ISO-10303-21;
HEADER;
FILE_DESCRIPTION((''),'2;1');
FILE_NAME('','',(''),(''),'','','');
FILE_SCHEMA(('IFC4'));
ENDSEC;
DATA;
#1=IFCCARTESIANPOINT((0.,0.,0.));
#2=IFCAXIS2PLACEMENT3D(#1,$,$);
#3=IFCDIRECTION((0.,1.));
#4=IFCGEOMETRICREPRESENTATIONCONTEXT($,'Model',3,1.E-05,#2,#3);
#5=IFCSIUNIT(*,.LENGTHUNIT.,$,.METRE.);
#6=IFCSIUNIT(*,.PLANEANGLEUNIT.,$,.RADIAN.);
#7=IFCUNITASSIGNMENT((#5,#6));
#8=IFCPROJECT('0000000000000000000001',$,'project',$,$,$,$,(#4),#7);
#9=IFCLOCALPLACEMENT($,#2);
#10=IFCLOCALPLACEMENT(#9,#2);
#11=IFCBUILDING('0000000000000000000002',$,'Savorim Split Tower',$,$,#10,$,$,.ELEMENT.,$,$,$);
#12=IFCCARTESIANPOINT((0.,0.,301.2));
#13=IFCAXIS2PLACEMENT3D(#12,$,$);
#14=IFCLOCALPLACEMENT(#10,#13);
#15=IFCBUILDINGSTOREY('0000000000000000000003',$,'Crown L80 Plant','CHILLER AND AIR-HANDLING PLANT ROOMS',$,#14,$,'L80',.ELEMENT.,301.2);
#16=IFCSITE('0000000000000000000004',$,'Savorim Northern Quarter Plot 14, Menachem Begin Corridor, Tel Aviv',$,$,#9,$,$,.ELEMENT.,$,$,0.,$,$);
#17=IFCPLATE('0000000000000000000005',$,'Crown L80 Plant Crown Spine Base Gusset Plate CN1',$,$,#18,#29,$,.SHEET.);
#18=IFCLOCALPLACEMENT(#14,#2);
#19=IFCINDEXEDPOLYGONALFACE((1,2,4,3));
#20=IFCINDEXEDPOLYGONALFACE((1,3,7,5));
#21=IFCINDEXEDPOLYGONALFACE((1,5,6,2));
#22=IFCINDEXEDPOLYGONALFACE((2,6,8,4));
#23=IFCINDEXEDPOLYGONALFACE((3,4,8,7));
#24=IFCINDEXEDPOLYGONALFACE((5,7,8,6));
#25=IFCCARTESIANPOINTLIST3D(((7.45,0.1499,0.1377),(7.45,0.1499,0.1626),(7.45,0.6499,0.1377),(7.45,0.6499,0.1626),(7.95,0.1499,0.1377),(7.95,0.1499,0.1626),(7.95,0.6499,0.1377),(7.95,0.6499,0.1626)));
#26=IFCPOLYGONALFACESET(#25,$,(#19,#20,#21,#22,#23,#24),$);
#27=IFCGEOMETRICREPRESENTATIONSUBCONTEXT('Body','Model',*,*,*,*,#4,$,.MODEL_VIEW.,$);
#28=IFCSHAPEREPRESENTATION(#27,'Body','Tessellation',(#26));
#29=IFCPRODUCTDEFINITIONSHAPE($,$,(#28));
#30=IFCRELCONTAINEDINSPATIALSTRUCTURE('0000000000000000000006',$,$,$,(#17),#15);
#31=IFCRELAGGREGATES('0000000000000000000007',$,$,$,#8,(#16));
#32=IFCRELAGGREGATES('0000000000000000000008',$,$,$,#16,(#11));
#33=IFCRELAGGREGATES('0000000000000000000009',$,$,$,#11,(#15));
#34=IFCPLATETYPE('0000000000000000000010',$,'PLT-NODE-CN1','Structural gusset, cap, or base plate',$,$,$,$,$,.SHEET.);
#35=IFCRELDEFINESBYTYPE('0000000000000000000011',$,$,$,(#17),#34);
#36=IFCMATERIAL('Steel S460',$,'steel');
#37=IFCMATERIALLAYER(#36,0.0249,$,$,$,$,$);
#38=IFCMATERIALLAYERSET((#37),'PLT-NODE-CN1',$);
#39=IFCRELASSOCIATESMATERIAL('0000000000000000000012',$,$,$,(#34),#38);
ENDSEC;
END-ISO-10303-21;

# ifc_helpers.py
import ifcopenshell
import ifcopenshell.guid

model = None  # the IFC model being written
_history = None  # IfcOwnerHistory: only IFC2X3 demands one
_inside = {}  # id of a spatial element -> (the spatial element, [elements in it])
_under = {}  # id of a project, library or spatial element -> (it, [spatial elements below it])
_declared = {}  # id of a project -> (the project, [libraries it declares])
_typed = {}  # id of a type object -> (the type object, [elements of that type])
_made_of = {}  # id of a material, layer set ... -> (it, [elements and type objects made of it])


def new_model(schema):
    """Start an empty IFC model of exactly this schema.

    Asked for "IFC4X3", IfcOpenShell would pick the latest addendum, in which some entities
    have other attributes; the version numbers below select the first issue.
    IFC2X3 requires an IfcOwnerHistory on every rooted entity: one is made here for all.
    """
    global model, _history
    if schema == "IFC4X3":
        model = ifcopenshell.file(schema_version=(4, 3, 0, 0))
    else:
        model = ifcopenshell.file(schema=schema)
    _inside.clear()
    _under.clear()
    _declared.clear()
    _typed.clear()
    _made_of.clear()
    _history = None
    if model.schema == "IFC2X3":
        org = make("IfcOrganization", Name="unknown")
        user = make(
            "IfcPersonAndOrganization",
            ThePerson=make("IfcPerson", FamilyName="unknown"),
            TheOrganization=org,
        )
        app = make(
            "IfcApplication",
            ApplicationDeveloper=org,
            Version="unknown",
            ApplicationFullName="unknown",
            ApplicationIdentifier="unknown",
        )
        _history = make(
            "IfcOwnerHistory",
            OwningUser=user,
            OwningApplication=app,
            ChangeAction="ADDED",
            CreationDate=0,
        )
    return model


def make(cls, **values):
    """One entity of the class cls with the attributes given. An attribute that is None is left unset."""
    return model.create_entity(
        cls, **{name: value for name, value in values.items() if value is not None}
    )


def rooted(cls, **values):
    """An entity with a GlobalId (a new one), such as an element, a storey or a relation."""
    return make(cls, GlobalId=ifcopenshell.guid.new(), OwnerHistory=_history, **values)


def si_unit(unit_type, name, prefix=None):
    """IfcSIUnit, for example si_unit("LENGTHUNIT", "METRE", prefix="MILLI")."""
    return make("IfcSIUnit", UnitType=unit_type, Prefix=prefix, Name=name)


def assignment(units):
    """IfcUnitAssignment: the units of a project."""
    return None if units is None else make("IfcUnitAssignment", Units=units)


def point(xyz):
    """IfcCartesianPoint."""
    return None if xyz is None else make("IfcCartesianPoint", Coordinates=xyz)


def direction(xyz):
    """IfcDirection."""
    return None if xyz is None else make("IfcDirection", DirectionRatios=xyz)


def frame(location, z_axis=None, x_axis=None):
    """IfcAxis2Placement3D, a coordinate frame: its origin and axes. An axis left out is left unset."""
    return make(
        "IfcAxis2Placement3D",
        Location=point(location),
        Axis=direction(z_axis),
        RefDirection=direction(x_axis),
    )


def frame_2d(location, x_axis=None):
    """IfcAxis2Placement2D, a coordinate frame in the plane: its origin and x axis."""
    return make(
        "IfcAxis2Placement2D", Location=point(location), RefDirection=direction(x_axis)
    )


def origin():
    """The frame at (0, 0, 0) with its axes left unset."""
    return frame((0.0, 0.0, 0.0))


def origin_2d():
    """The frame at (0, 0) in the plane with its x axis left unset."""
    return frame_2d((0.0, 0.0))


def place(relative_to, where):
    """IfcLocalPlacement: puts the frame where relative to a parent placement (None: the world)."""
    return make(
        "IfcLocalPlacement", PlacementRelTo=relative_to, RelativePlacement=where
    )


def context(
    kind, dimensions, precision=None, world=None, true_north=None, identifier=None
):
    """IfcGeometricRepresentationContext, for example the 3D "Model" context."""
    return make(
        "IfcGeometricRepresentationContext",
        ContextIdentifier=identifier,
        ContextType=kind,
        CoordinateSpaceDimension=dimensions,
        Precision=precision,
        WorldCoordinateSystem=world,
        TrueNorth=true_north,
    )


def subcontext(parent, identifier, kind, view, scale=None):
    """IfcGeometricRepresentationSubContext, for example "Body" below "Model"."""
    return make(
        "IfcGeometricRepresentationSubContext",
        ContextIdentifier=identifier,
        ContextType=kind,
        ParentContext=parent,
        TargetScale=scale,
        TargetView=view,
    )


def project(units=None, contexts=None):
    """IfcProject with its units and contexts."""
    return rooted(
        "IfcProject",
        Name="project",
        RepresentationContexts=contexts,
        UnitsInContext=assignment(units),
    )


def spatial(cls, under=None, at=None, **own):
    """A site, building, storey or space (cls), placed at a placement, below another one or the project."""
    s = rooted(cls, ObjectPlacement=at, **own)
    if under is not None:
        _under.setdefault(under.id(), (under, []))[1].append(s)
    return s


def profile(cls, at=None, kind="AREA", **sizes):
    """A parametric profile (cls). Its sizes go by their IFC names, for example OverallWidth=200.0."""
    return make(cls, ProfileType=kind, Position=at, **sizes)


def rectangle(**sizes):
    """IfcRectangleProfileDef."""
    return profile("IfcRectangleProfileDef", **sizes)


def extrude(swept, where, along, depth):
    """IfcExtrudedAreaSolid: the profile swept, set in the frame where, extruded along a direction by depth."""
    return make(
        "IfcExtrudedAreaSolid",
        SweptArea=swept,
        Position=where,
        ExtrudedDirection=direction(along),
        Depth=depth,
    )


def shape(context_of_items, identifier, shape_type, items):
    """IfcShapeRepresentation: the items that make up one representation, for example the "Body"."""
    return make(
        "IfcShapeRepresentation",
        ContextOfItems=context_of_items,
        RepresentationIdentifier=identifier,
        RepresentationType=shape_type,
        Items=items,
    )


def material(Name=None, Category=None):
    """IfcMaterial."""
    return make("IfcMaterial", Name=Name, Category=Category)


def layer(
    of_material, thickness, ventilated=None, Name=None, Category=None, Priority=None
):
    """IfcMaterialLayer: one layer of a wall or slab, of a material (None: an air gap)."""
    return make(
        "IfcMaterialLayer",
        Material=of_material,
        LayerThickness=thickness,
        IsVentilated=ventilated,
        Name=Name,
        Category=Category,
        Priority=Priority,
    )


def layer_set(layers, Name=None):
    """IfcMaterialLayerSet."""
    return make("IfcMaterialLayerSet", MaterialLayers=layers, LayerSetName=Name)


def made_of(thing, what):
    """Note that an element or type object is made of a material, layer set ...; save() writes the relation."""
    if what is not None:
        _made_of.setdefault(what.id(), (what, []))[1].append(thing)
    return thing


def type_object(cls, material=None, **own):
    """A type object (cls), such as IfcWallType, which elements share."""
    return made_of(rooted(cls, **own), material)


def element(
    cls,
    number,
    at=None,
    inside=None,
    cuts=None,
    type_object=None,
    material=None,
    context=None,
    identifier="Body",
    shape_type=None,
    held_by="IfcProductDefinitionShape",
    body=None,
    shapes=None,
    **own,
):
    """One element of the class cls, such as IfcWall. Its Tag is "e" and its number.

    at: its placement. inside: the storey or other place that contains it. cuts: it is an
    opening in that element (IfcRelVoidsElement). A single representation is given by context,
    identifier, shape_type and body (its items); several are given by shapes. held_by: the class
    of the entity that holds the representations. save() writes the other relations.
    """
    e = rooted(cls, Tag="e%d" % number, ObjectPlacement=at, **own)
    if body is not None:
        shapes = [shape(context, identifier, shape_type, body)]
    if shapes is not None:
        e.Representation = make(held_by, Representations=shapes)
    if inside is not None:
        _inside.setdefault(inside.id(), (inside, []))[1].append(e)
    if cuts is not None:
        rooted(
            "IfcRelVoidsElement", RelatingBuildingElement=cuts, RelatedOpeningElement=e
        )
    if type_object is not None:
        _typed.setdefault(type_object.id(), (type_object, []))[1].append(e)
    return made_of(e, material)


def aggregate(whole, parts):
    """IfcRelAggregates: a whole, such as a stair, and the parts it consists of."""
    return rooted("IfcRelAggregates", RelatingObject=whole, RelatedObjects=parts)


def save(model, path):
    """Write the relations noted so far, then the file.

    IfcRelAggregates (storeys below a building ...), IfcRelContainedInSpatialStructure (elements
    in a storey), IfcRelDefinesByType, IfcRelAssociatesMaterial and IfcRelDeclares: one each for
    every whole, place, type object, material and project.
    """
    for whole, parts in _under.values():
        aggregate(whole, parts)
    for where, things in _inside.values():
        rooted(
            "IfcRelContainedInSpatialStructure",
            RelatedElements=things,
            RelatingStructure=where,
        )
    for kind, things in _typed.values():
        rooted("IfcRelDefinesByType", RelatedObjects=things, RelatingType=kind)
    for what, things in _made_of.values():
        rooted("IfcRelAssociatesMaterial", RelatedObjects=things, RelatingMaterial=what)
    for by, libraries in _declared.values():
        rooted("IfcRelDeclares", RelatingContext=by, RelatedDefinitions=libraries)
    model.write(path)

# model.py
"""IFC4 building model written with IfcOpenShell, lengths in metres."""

from ifc_helpers import new_model, si_unit, direction, frame, origin, origin_2d, place, context, subcontext, project, spatial, rectangle, extrude, material, layer, layer_set, type_object, element, save


model = new_model("IFC4")

# Units and contexts
model_context = context("Model", 3, precision=1e-05, world=origin(), true_north=direction((0.0, 1.0)))
body_context = subcontext(model_context, "Body", "Model", "MODEL_VIEW")
ifc_project = project(units=[si_unit("LENGTHUNIT", "METRE"), si_unit("PLANEANGLEUNIT", "RADIAN")], contexts=[model_context])

# Site, building, storey
site_placement = place(None, origin())
site = spatial("IfcSite", under=ifc_project, at=site_placement, Name="Savorim Northern Quarter Plot 14, Menachem Begin Corridor, Tel Aviv", CompositionType="ELEMENT", RefElevation=0.0)
building_placement = place(site_placement, origin())
building = spatial("IfcBuilding", under=site, at=building_placement, Name="Savorim Split Tower", CompositionType="ELEMENT")
storey_placement = place(building_placement, frame((0.0, 0.0, 301.2)))
storey = spatial("IfcBuildingStorey", under=building, at=storey_placement, Name="Crown L80 Plant", Description="CHILLER AND AIR-HANDLING PLANT ROOMS", LongName="L80", CompositionType="ELEMENT", Elevation=301.2)

# Plate
ifc_material_1 = material(Name="Steel S460", Category="steel")
ifc_layer_1 = layer(ifc_material_1, 0.0249)
ifc_layer_set_1 = layer_set([ifc_layer_1], Name="PLT-NODE-CN1")
plate_type_1 = type_object("IfcPlateType", Name="PLT-NODE-CN1", Description="Structural gusset, cap, or base plate", PredefinedType="SHEET", material=ifc_layer_set_1)
plate_1_placement = place(storey_placement, frame((7.7, 0.3999, 0.1377), z_axis=(0.0, 0.0, 1.0), x_axis=(1.0, 0.0, 0.0)))
element("IfcPlate", 1, at=plate_1_placement, inside=storey, type_object=plate_type_1, Name="Crown L80 Plant Crown Spine Base Gusset Plate CN1", PredefinedType="SHEET", context=body_context, shape_type="SweptSolid", body=[
    extrude(rectangle(XDim=0.5, YDim=0.5, at=origin_2d()), origin(), (0.0, 0.0, 1.0), 0.0249),
])

save(model, "model.ifc")
